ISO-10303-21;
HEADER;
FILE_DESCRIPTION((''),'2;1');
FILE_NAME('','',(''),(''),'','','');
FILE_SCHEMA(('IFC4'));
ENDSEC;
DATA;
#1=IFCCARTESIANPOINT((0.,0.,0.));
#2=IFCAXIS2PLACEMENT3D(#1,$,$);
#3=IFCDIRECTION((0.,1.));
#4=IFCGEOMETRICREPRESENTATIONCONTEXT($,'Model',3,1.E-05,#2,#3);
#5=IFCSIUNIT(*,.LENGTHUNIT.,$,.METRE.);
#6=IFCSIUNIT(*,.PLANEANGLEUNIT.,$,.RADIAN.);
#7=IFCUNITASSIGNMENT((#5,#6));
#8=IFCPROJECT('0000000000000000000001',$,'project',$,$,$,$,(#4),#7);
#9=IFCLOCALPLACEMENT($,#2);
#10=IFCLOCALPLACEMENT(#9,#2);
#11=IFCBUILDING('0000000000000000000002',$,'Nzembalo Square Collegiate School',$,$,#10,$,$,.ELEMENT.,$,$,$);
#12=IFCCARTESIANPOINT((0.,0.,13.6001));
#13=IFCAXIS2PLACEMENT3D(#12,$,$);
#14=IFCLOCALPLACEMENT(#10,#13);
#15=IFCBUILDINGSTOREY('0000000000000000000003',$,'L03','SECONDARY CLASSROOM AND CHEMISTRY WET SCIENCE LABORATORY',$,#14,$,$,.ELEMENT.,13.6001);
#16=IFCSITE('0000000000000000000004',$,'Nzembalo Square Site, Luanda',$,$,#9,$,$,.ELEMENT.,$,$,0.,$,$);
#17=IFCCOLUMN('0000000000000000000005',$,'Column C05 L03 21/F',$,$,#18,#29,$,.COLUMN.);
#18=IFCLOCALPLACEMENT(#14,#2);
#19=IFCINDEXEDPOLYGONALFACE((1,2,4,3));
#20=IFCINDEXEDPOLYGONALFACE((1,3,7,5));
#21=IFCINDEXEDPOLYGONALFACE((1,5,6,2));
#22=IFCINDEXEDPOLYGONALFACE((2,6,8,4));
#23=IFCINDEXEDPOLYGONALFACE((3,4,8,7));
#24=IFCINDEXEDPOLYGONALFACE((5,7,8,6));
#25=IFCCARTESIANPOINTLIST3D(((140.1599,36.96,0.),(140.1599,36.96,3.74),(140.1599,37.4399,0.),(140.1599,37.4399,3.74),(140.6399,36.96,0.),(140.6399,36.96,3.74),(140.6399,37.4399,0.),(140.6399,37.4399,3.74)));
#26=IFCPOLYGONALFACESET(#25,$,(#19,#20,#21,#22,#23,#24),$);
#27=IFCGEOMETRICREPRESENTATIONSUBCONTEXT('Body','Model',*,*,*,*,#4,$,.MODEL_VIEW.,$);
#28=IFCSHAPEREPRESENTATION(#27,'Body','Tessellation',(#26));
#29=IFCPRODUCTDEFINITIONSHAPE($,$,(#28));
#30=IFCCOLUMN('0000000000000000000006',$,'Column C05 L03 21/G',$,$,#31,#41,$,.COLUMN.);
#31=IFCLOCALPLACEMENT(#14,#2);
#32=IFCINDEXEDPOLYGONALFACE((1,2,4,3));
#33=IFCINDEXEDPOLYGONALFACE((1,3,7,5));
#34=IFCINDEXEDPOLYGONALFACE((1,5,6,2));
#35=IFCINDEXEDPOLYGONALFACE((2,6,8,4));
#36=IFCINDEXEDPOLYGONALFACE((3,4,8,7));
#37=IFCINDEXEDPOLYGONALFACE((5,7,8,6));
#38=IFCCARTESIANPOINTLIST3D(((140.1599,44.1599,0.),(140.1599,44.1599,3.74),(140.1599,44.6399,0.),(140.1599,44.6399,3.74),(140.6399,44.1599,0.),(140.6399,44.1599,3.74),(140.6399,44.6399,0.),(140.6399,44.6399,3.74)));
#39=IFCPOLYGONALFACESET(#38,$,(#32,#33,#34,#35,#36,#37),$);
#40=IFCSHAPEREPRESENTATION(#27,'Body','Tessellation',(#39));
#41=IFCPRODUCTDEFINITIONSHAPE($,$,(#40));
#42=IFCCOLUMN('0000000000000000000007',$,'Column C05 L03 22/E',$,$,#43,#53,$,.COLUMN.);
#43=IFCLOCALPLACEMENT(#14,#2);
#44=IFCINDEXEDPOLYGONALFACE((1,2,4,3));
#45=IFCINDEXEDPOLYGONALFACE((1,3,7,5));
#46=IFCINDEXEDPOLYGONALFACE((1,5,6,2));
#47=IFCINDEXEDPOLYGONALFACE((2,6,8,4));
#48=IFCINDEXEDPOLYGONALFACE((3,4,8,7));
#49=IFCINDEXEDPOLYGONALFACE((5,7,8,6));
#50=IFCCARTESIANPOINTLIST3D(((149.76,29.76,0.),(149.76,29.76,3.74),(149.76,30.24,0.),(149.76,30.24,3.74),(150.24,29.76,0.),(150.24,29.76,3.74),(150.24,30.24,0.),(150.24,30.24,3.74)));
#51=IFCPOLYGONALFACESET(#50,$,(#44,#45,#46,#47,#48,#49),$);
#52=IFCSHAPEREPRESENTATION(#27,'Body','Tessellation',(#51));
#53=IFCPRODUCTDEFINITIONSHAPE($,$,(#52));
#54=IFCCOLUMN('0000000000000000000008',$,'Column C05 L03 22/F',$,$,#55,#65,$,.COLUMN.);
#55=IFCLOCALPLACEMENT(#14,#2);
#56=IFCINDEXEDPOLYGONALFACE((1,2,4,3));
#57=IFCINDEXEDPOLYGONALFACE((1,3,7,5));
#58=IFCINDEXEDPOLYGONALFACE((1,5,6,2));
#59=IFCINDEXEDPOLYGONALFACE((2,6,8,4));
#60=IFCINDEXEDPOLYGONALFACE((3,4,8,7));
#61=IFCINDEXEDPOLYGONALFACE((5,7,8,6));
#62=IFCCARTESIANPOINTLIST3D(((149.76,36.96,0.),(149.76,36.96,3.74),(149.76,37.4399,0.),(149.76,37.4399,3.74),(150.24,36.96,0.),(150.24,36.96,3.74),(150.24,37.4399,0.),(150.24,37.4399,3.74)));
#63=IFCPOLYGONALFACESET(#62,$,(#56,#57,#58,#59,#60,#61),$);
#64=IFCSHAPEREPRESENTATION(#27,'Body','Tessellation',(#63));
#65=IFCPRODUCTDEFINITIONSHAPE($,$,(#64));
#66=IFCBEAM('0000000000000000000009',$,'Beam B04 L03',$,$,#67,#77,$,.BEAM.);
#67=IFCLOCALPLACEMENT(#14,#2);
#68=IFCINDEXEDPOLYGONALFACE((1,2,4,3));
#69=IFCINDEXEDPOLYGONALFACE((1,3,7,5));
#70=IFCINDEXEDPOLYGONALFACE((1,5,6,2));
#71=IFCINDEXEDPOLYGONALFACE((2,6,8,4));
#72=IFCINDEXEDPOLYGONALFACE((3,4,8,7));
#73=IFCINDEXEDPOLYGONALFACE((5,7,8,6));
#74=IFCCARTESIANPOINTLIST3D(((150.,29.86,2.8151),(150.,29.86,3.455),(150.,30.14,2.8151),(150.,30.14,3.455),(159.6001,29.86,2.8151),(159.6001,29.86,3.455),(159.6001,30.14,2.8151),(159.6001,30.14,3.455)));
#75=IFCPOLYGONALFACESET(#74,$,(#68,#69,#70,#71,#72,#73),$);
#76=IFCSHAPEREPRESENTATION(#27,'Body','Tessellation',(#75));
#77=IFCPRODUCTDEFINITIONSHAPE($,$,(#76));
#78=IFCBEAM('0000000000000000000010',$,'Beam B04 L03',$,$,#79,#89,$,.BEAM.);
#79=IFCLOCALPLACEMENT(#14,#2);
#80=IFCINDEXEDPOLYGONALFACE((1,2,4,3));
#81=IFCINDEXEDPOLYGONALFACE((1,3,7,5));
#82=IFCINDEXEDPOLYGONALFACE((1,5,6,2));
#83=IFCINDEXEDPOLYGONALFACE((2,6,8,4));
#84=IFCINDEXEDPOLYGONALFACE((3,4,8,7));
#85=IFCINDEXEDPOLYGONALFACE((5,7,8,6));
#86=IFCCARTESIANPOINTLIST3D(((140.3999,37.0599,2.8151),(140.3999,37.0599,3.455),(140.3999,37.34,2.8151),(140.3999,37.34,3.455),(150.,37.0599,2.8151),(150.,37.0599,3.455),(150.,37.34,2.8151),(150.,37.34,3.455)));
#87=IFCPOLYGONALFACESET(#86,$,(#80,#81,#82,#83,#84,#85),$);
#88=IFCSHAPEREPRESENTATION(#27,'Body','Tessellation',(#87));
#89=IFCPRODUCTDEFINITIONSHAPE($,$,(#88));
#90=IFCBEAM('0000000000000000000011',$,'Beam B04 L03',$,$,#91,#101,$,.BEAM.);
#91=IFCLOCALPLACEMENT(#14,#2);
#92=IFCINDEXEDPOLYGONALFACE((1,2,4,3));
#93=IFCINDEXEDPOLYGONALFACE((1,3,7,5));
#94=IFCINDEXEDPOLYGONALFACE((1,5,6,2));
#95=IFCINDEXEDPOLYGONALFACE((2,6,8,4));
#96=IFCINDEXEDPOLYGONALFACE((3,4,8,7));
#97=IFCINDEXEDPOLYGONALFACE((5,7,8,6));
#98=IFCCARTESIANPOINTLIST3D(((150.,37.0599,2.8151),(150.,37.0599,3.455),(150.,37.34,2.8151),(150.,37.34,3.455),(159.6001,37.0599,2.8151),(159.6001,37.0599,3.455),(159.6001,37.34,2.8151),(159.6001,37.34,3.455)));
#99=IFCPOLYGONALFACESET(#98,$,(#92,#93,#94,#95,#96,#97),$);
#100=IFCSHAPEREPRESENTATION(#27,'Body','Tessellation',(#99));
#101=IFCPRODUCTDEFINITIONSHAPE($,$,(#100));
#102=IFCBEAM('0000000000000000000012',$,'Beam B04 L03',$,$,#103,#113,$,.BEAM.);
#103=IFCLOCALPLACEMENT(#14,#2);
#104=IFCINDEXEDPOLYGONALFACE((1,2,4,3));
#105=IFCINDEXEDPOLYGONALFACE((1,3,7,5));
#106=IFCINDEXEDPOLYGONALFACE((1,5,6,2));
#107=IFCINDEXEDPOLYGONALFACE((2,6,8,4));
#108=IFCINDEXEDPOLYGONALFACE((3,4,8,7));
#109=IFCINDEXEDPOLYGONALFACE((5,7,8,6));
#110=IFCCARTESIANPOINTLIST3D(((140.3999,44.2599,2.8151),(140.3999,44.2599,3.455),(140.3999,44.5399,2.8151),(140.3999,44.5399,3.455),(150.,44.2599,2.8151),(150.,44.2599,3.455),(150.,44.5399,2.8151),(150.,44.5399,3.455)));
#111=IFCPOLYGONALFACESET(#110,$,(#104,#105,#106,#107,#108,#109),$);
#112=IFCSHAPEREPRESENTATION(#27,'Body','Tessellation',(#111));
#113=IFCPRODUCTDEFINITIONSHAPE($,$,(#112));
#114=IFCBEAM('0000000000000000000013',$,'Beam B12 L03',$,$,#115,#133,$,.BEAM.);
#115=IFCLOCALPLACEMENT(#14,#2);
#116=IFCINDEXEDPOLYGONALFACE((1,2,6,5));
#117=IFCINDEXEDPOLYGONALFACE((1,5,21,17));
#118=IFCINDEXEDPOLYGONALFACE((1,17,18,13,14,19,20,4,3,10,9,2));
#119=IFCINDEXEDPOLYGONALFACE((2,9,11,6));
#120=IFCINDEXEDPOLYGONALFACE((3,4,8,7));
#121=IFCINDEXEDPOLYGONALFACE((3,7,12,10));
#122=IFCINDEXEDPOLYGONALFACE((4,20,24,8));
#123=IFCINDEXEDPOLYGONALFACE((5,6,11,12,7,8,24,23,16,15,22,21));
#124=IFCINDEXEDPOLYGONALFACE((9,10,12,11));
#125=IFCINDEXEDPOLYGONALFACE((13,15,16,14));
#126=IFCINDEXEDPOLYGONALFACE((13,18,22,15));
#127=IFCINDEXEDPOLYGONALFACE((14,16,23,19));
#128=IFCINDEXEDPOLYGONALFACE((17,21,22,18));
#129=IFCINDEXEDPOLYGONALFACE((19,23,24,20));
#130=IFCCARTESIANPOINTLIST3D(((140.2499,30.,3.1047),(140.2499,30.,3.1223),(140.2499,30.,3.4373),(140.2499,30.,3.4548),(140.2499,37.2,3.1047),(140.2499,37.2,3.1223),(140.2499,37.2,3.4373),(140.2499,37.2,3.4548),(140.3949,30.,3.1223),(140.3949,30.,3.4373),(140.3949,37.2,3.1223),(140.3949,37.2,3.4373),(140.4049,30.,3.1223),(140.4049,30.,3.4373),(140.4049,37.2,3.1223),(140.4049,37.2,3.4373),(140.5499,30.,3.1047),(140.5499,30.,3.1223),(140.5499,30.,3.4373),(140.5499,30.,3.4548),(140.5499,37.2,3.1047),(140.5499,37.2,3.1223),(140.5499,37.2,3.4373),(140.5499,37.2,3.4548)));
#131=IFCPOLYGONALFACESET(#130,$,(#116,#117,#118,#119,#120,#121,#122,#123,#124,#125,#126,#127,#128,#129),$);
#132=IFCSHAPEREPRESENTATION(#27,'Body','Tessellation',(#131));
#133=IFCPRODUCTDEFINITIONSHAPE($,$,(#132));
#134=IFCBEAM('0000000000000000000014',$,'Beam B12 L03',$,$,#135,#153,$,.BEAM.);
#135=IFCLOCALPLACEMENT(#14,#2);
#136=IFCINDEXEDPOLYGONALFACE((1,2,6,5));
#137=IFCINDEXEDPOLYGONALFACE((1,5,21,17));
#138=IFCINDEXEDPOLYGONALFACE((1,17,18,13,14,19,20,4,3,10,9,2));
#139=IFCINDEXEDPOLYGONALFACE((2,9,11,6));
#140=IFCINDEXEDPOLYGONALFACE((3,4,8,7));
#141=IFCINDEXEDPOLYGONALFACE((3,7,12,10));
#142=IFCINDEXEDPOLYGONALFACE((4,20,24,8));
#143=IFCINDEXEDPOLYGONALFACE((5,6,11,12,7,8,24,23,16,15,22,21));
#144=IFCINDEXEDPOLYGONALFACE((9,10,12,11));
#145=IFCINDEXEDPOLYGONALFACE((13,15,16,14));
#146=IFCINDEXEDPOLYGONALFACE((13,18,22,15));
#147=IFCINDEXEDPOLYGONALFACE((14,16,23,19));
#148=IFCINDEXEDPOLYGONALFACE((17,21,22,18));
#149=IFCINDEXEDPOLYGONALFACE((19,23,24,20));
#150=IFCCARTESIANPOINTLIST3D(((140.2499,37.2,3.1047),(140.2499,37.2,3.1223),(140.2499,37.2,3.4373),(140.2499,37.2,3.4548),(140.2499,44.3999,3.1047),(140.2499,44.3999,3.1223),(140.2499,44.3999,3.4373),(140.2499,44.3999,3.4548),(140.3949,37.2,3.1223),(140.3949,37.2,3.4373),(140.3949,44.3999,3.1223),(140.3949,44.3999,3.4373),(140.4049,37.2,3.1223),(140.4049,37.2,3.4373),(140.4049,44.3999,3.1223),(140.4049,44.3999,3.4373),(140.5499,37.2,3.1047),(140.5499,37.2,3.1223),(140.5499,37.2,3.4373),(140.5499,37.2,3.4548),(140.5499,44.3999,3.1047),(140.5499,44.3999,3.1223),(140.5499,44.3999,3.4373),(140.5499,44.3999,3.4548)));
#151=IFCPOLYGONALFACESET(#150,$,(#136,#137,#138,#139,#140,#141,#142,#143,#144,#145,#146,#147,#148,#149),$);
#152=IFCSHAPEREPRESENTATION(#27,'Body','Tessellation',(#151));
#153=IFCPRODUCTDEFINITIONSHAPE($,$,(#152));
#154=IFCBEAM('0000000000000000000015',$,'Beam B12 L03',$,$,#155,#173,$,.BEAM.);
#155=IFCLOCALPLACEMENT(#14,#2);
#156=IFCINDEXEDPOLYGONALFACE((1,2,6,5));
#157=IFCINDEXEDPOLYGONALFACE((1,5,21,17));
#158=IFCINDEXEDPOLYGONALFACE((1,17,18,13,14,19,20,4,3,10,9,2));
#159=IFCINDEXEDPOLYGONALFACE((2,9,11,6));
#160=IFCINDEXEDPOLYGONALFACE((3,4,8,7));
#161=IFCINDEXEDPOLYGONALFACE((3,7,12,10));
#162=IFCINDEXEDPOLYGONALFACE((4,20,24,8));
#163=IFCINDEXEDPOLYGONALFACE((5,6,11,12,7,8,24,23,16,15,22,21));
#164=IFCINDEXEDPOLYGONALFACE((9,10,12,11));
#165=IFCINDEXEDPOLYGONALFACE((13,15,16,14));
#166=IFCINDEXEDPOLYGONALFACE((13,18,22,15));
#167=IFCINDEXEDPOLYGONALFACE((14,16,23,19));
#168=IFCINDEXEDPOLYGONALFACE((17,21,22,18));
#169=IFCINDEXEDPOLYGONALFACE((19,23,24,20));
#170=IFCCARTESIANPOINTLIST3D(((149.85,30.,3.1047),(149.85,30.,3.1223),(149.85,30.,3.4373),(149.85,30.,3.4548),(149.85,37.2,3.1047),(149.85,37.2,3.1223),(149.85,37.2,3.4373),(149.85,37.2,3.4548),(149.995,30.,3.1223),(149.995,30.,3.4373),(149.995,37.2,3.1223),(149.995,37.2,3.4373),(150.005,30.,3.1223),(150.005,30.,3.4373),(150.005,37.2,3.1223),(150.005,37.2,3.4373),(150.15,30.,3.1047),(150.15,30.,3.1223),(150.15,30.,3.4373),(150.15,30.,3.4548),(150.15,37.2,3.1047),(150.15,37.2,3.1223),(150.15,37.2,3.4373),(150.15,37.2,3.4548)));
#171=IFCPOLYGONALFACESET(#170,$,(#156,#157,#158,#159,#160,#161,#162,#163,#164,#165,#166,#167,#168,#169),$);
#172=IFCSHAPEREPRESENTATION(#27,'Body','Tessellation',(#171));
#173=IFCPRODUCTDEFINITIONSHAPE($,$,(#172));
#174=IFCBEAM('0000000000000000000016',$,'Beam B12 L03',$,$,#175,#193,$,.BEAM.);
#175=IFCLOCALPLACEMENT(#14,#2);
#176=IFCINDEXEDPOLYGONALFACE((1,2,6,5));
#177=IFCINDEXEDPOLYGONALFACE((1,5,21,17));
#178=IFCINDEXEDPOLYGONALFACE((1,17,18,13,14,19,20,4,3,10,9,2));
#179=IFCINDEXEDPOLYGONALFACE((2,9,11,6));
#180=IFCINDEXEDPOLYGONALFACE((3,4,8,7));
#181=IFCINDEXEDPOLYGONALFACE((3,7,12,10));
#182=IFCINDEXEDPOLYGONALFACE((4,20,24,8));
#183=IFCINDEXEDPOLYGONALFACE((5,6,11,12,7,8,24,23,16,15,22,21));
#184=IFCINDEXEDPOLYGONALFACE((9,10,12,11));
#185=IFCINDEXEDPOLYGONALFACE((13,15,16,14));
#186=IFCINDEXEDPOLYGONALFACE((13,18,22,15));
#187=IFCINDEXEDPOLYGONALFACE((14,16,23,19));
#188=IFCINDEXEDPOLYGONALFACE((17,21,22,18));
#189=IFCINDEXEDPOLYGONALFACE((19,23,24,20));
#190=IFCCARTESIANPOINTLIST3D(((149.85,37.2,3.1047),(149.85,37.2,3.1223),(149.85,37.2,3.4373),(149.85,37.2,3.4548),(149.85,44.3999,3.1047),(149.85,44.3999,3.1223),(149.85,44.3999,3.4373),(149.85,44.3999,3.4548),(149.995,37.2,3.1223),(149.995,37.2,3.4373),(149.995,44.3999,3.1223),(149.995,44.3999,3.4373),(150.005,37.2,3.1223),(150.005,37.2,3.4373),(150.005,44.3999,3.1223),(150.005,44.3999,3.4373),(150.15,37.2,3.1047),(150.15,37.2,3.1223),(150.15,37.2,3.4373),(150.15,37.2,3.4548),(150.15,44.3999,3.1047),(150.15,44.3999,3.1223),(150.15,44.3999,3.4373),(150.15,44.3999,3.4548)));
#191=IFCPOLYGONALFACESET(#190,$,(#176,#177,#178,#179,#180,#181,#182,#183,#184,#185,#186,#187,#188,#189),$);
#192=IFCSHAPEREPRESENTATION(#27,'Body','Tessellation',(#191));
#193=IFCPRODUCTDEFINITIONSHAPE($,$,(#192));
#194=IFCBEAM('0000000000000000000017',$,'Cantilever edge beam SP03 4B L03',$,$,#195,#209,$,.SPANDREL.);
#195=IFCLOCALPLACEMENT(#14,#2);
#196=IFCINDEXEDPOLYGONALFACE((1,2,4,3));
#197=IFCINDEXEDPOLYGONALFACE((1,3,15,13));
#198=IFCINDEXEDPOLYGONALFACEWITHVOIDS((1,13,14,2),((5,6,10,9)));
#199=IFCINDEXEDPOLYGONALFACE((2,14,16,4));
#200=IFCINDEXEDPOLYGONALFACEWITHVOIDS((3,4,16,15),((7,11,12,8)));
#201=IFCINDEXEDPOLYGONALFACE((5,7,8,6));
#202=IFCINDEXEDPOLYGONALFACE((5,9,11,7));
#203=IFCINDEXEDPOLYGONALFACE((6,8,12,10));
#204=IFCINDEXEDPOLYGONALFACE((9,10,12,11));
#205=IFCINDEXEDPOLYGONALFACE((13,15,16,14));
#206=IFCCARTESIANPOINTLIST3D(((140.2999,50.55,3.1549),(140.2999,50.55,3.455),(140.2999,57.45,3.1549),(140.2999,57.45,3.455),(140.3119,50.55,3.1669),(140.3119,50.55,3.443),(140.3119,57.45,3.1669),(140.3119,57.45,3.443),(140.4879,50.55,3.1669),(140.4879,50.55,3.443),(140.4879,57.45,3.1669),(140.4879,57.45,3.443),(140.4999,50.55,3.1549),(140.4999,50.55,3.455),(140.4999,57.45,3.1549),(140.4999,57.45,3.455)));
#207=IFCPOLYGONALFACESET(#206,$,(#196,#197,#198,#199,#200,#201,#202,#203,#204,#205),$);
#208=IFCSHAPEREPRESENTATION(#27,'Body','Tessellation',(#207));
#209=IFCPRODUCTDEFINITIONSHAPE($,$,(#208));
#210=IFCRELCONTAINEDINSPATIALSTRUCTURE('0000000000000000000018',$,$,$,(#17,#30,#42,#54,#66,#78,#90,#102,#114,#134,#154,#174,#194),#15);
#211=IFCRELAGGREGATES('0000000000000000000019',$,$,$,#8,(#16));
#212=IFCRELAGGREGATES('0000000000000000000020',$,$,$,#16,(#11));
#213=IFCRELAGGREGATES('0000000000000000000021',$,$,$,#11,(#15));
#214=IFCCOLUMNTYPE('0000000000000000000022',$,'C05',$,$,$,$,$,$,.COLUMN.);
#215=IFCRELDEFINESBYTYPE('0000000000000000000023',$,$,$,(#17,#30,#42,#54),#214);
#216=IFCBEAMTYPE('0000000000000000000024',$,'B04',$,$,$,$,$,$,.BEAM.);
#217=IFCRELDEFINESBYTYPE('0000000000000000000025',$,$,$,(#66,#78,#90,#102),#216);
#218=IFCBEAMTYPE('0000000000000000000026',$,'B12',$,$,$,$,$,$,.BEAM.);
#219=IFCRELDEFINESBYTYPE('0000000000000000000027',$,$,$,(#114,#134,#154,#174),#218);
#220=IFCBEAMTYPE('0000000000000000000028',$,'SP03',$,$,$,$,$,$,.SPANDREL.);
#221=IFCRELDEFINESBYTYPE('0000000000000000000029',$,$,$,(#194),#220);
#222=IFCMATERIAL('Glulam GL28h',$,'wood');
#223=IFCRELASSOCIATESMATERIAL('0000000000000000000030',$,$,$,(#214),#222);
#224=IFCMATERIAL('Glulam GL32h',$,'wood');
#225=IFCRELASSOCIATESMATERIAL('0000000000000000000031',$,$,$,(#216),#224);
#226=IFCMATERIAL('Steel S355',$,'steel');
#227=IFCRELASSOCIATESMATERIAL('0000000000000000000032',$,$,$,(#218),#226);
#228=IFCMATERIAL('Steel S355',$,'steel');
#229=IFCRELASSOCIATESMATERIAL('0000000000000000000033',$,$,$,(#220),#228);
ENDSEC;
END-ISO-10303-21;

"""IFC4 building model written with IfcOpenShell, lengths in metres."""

from ifc_helpers import new_model, si_unit, direction, frame, origin, origin_2d, place, context, subcontext, project, spatial, rectangle, hollow_rectangle, i_section, extrude, material, material_profile, profile_set, type_object, element, save


model = new_model("IFC4")

# Units and contexts
model_context = context("Model", 3, precision=1e-05, world=origin(), true_north=direction((0.0, 1.0)))
body_context = subcontext(model_context, "Body", "Model", "MODEL_VIEW")
ifc_project = project(units=[si_unit("LENGTHUNIT", "METRE"), si_unit("PLANEANGLEUNIT", "RADIAN")], contexts=[model_context])

# Site, building, storey
site_placement = place(None, origin())
site = spatial("IfcSite", under=ifc_project, at=site_placement, Name="Nzembalo Square Site, Luanda", CompositionType="ELEMENT", RefElevation=0.0)
building_placement = place(site_placement, origin())
building = spatial("IfcBuilding", under=site, at=building_placement, Name="Nzembalo Square Collegiate School", CompositionType="ELEMENT")
storey_placement = place(building_placement, frame((0.0, 0.0, 13.6001)))
storey = spatial("IfcBuildingStorey", under=building, at=storey_placement, Name="L03", Description="SECONDARY CLASSROOM AND CHEMISTRY WET SCIENCE LABORATORY", CompositionType="ELEMENT", Elevation=13.6001)

# Columns
ifc_material_1 = material(Name="Glulam GL28h", Category="wood")
ifc_material_profile_1 = material_profile(ifc_material_1, rectangle(XDim=0.48, YDim=0.48, at=origin_2d()), Name="GL28h 480x480")
ifc_profile_set_1 = profile_set([ifc_material_profile_1], Name="Glulam GL28h")
column_type = type_object("IfcColumnType", Name="C05", PredefinedType="COLUMN", material=ifc_profile_set_1)
for number, where, z_axis, x_axis, name in (
    (1, (140.3999, 37.2, 0.0), (0.0, 0.0, 1.0), (1.0, 0.0, 0.0), "Column C05 L03 21/F"),
    (2, (140.3999, 44.3999, 0.0), (0.0, 0.0, 1.0), (1.0, 0.0, 0.0), "Column C05 L03 21/G"),
    (3, (150.0, 30.0, 0.0), (0.0, 0.0, 1.0), (1.0, 0.0, 0.0), "Column C05 L03 22/E"),
    (4, (150.0, 37.2, 0.0), (0.0, 0.0, 1.0), (1.0, 0.0, 0.0), "Column C05 L03 22/F"),
):
    element("IfcColumn", number, at=place(storey_placement, frame(where, z_axis=z_axis, x_axis=x_axis)), inside=storey, type_object=column_type, Name=name, PredefinedType="COLUMN", context=body_context, shape_type="SweptSolid", body=[
        extrude(rectangle(XDim=0.48, YDim=0.48, at=origin_2d()), origin(), (0.0, 0.0, 1.0), 3.74),
    ])

# Beams
ifc_material_2 = material(Name="Glulam GL32h", Category="wood")
ifc_material_profile_2 = material_profile(ifc_material_2, rectangle(XDim=0.28, YDim=0.6399, at=origin_2d()), Name="GL32h 280x640")
ifc_profile_set_2 = profile_set([ifc_material_profile_2], Name="Glulam GL32h")
beam_type_1 = type_object("IfcBeamType", Name="B04", PredefinedType="BEAM", material=ifc_profile_set_2)
for number, where, z_axis, x_axis, name in (
    (5, (150.0, 30.0, 3.135), (1.0, 0.0, 0.0), (0.0, 1.0, 0.0), "Beam B04 L03"),
    (6, (140.3999, 37.2, 3.135), (1.0, 0.0, 0.0), (0.0, 1.0, 0.0), "Beam B04 L03"),
    (7, (150.0, 37.2, 3.135), (1.0, 0.0, 0.0), (0.0, 1.0, 0.0), "Beam B04 L03"),
    (8, (140.3999, 44.3999, 3.135), (1.0, 0.0, 0.0), (0.0, 1.0, 0.0), "Beam B04 L03"),
):
    element("IfcBeam", number, at=place(storey_placement, frame(where, z_axis=z_axis, x_axis=x_axis)), inside=storey, type_object=beam_type_1, Name=name, PredefinedType="BEAM", context=body_context, shape_type="SweptSolid", body=[
        extrude(rectangle(XDim=0.28, YDim=0.6399, at=origin_2d()), origin(), (0.0, 0.0, 1.0), 9.6001),
    ])
ifc_material_3 = material(Name="Steel S355", Category="steel")
ifc_material_profile_3 = material_profile(ifc_material_3, i_section(OverallWidth=0.3, OverallDepth=0.3501, WebThickness=0.01, FlangeThickness=0.0176, at=origin_2d()), Name="HEA 360")
ifc_profile_set_3 = profile_set([ifc_material_profile_3], Name="Steel S355")
beam_type_2 = type_object("IfcBeamType", Name="B12", PredefinedType="BEAM", material=ifc_profile_set_3)
for number, where, z_axis, x_axis, name in (
    (9, (140.3999, 30.0, 3.2798), (0.0, 1.0, 0.0), (-1.0, 0.0, 0.0), "Beam B12 L03"),
    (10, (140.3999, 37.2, 3.2798), (0.0, 1.0, 0.0), (-1.0, 0.0, 0.0), "Beam B12 L03"),
    (11, (150.0, 30.0, 3.2798), (0.0, 1.0, 0.0), (-1.0, 0.0, 0.0), "Beam B12 L03"),
    (12, (150.0, 37.2, 3.2798), (0.0, 1.0, 0.0), (-1.0, 0.0, 0.0), "Beam B12 L03"),
):
    element("IfcBeam", number, at=place(storey_placement, frame(where, z_axis=z_axis, x_axis=x_axis)), inside=storey, type_object=beam_type_2, Name=name, PredefinedType="BEAM", context=body_context, shape_type="SweptSolid", body=[
        extrude(i_section(OverallWidth=0.3, OverallDepth=0.3501, WebThickness=0.01, FlangeThickness=0.0176, at=origin_2d()), origin(), (0.0, 0.0, 1.0), 7.2),
    ])
ifc_material_4 = material(Name="Steel S355", Category="steel")
ifc_material_profile_4 = material_profile(ifc_material_4, hollow_rectangle(XDim=0.2, YDim=0.3, WallThickness=0.012, at=origin_2d()), Name="RHS 300x200x12")
ifc_profile_set_4 = profile_set([ifc_material_profile_4], Name="Steel S355")
beam_type_3 = type_object("IfcBeamType", Name="SP03", PredefinedType="SPANDREL", material=ifc_profile_set_4)
for number, where, z_axis, x_axis, name in (
    (13, (140.3999, 50.55, 3.3049), (0.0, 1.0, 0.0), (-1.0, 0.0, 0.0), "Cantilever edge beam SP03 4B L03"),
):
    element("IfcBeam", number, at=place(storey_placement, frame(where, z_axis=z_axis, x_axis=x_axis)), inside=storey, type_object=beam_type_3, Name=name, PredefinedType="SPANDREL", context=body_context, shape_type="SweptSolid", body=[
        extrude(hollow_rectangle(XDim=0.2, YDim=0.3, WallThickness=0.012, at=origin_2d()), origin(), (0.0, 0.0, 1.0), 6.8999),
    ])

save(model, "model.ifc")
